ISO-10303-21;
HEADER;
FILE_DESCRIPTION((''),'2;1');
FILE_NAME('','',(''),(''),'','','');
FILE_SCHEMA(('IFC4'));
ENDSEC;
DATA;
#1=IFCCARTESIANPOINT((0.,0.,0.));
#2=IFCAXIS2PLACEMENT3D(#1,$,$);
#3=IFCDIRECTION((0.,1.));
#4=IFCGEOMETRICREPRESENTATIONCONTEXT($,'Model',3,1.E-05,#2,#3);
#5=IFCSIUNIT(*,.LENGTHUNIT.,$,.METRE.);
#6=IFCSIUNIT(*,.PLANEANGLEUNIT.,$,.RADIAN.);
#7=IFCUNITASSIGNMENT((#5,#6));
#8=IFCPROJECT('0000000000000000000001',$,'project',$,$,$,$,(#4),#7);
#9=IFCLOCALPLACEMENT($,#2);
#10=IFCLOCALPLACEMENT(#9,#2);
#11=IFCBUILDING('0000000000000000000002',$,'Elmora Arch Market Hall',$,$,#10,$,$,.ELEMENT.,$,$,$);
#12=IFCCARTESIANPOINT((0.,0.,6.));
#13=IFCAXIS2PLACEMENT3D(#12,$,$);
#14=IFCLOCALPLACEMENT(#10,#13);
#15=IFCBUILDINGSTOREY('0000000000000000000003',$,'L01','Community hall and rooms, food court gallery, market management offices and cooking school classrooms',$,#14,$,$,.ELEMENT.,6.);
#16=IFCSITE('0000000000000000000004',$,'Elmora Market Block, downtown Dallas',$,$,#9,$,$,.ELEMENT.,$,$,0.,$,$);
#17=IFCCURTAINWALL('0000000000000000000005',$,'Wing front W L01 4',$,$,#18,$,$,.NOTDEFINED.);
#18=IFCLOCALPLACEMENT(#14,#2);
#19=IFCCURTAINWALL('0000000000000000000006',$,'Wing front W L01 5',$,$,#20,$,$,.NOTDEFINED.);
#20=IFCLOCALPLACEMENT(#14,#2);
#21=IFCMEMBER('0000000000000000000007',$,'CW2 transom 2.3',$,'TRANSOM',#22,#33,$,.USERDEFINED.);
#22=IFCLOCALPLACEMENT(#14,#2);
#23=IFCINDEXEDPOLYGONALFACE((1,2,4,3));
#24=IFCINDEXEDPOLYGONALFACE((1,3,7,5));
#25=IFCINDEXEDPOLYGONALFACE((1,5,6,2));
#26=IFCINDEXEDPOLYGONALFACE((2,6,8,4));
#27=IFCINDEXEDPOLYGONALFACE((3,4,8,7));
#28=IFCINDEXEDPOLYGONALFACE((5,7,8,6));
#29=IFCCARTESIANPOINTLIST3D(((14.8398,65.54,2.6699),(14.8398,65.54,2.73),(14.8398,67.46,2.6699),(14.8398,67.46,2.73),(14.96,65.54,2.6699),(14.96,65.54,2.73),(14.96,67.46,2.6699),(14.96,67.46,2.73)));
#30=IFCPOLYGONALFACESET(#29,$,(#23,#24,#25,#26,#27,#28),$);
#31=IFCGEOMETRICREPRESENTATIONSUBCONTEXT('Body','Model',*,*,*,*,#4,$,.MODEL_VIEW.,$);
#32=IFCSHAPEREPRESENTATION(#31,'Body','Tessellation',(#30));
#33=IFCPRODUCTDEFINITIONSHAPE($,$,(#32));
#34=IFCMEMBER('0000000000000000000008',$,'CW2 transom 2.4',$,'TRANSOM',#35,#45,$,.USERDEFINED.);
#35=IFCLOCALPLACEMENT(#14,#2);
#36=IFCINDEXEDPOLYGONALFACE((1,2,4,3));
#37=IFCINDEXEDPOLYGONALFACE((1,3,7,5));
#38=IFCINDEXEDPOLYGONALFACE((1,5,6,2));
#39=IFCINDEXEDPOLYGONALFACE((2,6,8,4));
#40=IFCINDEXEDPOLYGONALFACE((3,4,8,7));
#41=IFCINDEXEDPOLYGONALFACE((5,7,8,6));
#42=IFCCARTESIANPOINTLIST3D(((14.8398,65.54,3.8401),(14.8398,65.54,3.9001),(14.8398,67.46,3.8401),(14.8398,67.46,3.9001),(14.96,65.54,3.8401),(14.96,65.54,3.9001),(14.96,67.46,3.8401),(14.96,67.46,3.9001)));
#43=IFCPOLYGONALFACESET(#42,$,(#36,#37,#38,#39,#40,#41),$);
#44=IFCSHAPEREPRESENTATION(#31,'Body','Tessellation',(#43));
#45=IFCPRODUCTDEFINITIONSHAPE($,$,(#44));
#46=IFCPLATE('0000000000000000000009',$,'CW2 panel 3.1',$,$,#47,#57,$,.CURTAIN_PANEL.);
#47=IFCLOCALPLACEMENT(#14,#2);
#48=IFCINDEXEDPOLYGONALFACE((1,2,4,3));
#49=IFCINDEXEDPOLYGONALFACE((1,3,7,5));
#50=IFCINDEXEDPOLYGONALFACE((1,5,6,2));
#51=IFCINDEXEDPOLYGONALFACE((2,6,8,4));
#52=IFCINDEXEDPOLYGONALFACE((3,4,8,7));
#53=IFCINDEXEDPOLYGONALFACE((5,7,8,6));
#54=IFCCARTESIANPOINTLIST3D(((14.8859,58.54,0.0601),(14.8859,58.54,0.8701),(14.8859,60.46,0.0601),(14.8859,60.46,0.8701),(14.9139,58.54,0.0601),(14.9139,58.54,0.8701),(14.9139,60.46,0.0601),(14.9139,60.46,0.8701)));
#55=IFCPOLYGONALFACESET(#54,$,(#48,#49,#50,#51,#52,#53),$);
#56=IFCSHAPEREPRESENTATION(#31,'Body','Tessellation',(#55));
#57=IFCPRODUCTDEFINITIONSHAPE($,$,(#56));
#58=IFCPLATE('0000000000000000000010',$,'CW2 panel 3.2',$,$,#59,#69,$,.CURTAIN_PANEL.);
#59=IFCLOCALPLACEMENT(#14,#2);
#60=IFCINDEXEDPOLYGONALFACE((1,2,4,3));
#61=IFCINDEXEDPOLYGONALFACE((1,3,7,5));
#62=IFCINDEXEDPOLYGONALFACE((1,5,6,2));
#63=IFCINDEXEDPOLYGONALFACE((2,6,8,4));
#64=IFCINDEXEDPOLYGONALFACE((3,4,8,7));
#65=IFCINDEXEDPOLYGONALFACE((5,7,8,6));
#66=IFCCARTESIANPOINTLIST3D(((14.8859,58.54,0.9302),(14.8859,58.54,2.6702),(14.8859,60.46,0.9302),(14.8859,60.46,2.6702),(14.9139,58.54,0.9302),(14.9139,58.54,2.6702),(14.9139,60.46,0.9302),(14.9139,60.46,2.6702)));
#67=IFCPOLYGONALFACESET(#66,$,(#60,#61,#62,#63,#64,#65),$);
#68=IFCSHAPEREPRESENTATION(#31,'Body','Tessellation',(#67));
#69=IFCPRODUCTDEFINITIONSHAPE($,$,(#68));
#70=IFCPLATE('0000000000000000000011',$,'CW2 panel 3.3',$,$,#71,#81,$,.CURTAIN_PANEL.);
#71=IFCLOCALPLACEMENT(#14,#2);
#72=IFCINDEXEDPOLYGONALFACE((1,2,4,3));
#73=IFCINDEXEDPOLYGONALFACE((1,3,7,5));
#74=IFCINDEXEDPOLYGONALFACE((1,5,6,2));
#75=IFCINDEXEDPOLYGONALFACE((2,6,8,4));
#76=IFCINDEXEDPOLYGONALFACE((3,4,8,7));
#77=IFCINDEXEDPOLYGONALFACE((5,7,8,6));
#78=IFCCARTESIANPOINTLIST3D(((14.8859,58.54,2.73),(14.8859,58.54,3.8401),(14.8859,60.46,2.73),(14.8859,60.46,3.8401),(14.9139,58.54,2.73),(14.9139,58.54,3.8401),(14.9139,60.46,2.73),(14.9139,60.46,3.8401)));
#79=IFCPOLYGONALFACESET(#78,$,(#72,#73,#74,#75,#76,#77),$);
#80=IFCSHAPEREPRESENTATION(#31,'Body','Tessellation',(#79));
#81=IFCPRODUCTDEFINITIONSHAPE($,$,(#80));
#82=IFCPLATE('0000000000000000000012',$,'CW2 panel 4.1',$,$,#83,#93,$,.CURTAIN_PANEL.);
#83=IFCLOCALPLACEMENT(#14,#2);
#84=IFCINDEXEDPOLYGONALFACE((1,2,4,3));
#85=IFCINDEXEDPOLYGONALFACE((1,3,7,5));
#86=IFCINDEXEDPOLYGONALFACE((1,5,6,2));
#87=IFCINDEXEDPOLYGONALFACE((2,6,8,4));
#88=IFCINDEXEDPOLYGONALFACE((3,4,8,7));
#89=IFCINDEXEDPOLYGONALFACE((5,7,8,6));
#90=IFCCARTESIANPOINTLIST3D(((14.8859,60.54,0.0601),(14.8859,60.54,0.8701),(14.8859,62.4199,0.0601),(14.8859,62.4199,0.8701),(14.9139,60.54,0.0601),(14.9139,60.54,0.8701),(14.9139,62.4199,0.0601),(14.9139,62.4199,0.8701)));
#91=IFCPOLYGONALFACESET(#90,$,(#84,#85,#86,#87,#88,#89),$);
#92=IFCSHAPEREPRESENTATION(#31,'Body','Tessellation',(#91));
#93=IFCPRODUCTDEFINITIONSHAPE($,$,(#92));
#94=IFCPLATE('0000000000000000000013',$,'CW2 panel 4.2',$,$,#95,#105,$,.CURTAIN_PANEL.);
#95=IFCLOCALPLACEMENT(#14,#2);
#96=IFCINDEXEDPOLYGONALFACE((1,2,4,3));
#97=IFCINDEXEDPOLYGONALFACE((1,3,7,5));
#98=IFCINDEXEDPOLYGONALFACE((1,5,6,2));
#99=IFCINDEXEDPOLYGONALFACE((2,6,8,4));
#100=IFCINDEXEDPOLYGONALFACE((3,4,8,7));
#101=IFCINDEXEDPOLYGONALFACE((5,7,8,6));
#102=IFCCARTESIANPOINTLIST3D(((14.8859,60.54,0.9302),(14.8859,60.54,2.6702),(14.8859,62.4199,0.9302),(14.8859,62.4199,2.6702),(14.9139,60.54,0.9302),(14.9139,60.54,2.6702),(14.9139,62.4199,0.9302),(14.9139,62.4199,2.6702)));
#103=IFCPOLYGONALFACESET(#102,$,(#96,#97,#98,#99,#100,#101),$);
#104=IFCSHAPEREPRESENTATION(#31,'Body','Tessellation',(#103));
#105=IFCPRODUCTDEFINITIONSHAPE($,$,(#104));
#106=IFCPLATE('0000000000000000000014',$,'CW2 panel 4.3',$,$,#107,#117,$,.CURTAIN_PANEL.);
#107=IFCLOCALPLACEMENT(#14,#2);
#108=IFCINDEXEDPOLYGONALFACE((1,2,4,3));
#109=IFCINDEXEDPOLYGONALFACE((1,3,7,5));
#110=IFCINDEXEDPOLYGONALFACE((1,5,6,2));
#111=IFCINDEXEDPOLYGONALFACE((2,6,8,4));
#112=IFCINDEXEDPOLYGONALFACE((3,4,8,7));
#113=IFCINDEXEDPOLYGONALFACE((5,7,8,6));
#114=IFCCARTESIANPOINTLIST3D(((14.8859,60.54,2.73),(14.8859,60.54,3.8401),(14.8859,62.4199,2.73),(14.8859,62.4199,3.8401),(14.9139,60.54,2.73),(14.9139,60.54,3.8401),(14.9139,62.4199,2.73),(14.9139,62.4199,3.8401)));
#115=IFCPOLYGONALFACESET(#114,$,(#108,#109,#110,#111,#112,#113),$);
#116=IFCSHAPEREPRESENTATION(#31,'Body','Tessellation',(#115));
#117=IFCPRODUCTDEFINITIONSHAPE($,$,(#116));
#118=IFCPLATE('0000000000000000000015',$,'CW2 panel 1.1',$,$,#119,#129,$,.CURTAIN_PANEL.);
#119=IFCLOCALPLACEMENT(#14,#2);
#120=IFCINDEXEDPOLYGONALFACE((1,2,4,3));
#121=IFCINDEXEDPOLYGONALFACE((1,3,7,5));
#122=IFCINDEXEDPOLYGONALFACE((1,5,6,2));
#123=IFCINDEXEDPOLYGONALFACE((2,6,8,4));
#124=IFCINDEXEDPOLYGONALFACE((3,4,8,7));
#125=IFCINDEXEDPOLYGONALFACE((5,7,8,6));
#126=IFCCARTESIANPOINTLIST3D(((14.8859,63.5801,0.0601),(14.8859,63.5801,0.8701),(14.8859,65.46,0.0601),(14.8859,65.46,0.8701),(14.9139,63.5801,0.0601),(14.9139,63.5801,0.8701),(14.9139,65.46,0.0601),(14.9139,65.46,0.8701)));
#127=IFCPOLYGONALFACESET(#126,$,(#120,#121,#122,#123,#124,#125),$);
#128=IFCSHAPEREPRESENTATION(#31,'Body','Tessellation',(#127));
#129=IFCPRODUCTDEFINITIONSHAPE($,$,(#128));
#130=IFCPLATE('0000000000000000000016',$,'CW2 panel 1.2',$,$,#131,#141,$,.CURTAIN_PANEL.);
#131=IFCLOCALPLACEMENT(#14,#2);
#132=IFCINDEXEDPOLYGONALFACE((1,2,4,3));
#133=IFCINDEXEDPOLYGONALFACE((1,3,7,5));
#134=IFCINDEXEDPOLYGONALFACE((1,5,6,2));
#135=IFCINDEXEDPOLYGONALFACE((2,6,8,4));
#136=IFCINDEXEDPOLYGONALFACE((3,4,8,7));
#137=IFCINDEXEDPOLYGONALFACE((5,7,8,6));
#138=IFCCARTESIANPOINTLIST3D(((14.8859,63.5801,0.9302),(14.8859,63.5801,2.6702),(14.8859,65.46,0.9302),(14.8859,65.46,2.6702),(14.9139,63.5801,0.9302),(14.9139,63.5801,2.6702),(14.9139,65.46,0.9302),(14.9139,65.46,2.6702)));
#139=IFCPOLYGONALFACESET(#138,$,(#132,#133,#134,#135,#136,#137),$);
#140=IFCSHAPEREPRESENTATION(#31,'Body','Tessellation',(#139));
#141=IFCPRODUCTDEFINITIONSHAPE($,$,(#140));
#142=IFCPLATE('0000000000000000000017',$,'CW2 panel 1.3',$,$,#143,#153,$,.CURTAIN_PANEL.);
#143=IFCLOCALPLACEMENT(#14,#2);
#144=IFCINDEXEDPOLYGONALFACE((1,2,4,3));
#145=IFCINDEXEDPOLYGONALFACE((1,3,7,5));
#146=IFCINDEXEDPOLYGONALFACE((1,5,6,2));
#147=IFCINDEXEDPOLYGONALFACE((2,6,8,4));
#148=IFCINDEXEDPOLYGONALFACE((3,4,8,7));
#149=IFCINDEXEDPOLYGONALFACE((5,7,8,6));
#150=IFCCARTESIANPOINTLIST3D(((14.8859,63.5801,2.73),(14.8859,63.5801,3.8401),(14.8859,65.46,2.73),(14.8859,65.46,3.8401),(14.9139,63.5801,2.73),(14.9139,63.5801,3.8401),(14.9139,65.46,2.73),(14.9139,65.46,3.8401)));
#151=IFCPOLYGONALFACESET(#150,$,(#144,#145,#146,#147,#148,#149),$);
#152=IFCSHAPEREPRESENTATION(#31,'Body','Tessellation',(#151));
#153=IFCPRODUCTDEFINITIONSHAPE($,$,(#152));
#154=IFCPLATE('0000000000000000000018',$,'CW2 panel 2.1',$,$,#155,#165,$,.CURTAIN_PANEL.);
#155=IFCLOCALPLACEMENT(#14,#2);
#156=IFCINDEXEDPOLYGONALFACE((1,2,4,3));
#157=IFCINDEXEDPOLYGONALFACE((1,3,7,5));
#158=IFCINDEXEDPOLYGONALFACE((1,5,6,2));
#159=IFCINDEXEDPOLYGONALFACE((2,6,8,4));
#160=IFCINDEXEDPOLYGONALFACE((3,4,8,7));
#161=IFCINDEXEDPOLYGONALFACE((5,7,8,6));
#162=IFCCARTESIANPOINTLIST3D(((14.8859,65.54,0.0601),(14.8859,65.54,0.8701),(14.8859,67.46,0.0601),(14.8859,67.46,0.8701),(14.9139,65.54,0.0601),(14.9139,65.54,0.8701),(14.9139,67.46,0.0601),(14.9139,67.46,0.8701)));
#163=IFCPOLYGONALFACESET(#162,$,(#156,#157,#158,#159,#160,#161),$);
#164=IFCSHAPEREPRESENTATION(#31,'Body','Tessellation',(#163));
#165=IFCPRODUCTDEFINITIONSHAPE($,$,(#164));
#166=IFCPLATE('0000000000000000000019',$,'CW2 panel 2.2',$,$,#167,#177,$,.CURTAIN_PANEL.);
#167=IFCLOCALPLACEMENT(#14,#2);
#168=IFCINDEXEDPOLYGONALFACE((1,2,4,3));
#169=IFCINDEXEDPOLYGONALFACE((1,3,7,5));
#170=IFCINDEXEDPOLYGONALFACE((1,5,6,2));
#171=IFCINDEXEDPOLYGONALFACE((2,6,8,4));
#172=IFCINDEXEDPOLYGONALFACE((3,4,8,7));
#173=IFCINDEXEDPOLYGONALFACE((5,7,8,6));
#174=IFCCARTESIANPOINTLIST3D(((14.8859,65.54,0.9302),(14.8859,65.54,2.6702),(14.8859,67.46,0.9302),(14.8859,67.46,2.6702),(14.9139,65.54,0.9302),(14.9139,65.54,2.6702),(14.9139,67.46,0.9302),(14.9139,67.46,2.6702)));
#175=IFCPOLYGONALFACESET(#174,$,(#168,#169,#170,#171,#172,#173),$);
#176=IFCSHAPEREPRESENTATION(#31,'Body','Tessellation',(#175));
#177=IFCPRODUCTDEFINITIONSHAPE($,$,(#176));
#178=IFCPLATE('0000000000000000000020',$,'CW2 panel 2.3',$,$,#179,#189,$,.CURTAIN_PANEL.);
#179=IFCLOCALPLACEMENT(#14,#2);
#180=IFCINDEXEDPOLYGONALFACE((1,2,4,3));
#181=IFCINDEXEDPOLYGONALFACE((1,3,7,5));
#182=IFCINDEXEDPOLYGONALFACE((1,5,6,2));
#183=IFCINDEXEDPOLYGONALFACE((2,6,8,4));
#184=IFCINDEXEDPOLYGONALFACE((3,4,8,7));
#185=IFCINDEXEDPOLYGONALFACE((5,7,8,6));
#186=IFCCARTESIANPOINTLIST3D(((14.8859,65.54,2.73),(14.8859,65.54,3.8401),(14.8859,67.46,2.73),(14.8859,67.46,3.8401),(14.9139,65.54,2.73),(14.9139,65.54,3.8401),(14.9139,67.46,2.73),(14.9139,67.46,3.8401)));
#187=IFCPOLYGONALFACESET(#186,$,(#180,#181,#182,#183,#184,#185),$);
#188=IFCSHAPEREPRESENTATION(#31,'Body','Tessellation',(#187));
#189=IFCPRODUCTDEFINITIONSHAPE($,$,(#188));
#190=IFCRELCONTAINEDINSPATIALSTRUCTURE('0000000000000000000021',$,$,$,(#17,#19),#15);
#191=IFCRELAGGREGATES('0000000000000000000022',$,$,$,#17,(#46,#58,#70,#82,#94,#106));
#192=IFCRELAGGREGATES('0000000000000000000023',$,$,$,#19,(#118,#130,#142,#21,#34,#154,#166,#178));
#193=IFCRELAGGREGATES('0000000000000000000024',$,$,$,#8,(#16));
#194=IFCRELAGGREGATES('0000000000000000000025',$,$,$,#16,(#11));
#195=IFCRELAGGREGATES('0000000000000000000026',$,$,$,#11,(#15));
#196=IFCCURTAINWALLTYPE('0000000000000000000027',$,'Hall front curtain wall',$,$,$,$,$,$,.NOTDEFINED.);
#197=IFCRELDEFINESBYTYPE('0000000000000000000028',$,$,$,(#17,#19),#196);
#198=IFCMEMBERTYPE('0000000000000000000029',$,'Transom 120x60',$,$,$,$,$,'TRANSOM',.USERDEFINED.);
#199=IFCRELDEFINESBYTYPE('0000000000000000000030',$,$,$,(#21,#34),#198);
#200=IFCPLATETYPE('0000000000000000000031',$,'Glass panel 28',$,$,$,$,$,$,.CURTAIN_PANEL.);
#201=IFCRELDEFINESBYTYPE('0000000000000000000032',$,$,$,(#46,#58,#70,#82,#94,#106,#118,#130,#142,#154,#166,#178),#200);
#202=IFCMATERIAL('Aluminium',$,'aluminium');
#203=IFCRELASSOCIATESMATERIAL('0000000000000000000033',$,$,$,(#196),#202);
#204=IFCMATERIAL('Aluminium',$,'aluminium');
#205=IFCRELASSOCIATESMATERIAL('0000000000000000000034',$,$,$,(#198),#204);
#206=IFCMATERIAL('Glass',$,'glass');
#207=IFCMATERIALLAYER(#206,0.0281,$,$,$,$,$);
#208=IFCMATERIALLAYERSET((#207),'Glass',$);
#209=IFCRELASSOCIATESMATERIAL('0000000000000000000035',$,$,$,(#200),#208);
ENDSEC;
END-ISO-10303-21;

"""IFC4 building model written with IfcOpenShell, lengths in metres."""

from ifc_helpers import new_model, si_unit, direction, frame, origin, origin_2d, place, context, subcontext, project, spatial, rectangle, extrude, material, layer, layer_set, material_profile, profile_set, type_object, element, aggregate, save


model = new_model("IFC4")

# Units and contexts
model_context = context("Model", 3, precision=1e-05, world=origin(), true_north=direction((0.0, 1.0)))
body_context = subcontext(model_context, "Body", "Model", "MODEL_VIEW")
ifc_project = project(units=[si_unit("LENGTHUNIT", "METRE"), si_unit("PLANEANGLEUNIT", "RADIAN")], contexts=[model_context])

# Site, building, storey
site_placement = place(None, origin())
site = spatial("IfcSite", under=ifc_project, at=site_placement, Name="Elmora Market Block, downtown Dallas", CompositionType="ELEMENT", RefElevation=0.0)
building_placement = place(site_placement, origin())
building = spatial("IfcBuilding", under=site, at=building_placement, Name="Elmora Arch Market Hall", CompositionType="ELEMENT")
storey_placement = place(building_placement, frame((0.0, 0.0, 6.0)))
storey = spatial("IfcBuildingStorey", under=building, at=storey_placement, Name="L01", Description="Community hall and rooms, food court gallery, market management offices and cooking school classrooms", CompositionType="ELEMENT", Elevation=6.0)

# Curtain walls
ifc_material_1 = material(Name="Aluminium", Category="aluminium")
curtain_wall_type = type_object("IfcCurtainWallType", Name="Hall front curtain wall", PredefinedType="NOTDEFINED", material=ifc_material_1)
curtain_wall_1_placement = place(storey_placement, origin())
curtain_wall_1 = element("IfcCurtainWall", 1, at=curtain_wall_1_placement, inside=storey, type_object=curtain_wall_type, Name="Wing front W L01 4", PredefinedType="NOTDEFINED")
curtain_wall_2_placement = place(storey_placement, origin())
curtain_wall_2 = element("IfcCurtainWall", 2, at=curtain_wall_2_placement, inside=storey, type_object=curtain_wall_type, Name="Wing front W L01 5", PredefinedType="NOTDEFINED")

# Members
ifc_material_2 = material(Name="Aluminium", Category="aluminium")
ifc_material_profile_1 = material_profile(ifc_material_2, rectangle(XDim=0.1201, YDim=0.0601, at=origin_2d()), Name="AL 120x60")
ifc_profile_set_1 = profile_set([ifc_material_profile_1], Name="Aluminium")
member_type_1 = type_object("IfcMemberType", Name="Transom 120x60", ElementType="TRANSOM", PredefinedType="USERDEFINED", material=ifc_profile_set_1)
member_1_placement = place(storey_placement, frame((14.8999, 65.54, 2.7), z_axis=(0.0, 1.0, 0.0), x_axis=(-1.0, 0.0, 0.0)))
member_1 = element("IfcMember", 3, at=member_1_placement, type_object=member_type_1, Name="CW2 transom 2.3", ObjectType="TRANSOM", PredefinedType="USERDEFINED", context=body_context, shape_type="SweptSolid", body=[
    extrude(rectangle(XDim=0.1201, YDim=0.0601, at=origin_2d()), origin(), (0.0, 0.0, 1.0), 1.9199),
])
member_2_placement = place(storey_placement, frame((14.8999, 65.54, 3.8701), z_axis=(0.0, 1.0, 0.0), x_axis=(-1.0, 0.0, 0.0)))
member_2 = element("IfcMember", 4, at=member_2_placement, type_object=member_type_1, Name="CW2 transom 2.4", ObjectType="TRANSOM", PredefinedType="USERDEFINED", context=body_context, shape_type="SweptSolid", body=[
    extrude(rectangle(XDim=0.1201, YDim=0.0601, at=origin_2d()), origin(), (0.0, 0.0, 1.0), 1.9199),
])

# Plates
ifc_material_3 = material(Name="Glass", Category="glass")
ifc_layer = layer(ifc_material_3, 0.0281)
ifc_layer_set = layer_set([ifc_layer], Name="Glass")
plate_type = type_object("IfcPlateType", Name="Glass panel 28", PredefinedType="CURTAIN_PANEL", material=ifc_layer_set)
plate_1_placement = place(storey_placement, frame((14.8999, 59.5, 0.0601), z_axis=(0.0, 0.0, 1.0), x_axis=(0.0, 1.0, 0.0)))
plate_1 = element("IfcPlate", 5, at=plate_1_placement, type_object=plate_type, Name="CW2 panel 3.1", PredefinedType="CURTAIN_PANEL", context=body_context, shape_type="SweptSolid", body=[
    extrude(rectangle(XDim=1.9199, YDim=0.0281, at=origin_2d()), origin(), (0.0, 0.0, 1.0), 0.8101),
])
plate_2_placement = place(storey_placement, frame((14.8999, 59.5, 0.9302), z_axis=(0.0, 0.0, 1.0), x_axis=(0.0, 1.0, 0.0)))
plate_2 = element("IfcPlate", 6, at=plate_2_placement, type_object=plate_type, Name="CW2 panel 3.2", PredefinedType="CURTAIN_PANEL", context=body_context, shape_type="SweptSolid", body=[
    extrude(rectangle(XDim=1.9199, YDim=0.0281, at=origin_2d()), origin(), (0.0, 0.0, 1.0), 1.74),
])
plate_3_placement = place(storey_placement, frame((14.8999, 59.5, 2.73), z_axis=(0.0, 0.0, 1.0), x_axis=(0.0, 1.0, 0.0)))
plate_3 = element("IfcPlate", 7, at=plate_3_placement, type_object=plate_type, Name="CW2 panel 3.3", PredefinedType="CURTAIN_PANEL", context=body_context, shape_type="SweptSolid", body=[
    extrude(rectangle(XDim=1.9199, YDim=0.0281, at=origin_2d()), origin(), (0.0, 0.0, 1.0), 1.1101),
])
plate_4_placement = place(storey_placement, frame((14.8999, 61.48, 0.0601), z_axis=(0.0, 0.0, 1.0), x_axis=(0.0, 1.0, 0.0)))
plate_4 = element("IfcPlate", 8, at=plate_4_placement, type_object=plate_type, Name="CW2 panel 4.1", PredefinedType="CURTAIN_PANEL", context=body_context, shape_type="SweptSolid", body=[
    extrude(rectangle(XDim=1.8799, YDim=0.0281, at=origin_2d()), origin(), (0.0, 0.0, 1.0), 0.8101),
])
plate_5_placement = place(storey_placement, frame((14.8999, 61.48, 0.9302), z_axis=(0.0, 0.0, 1.0), x_axis=(0.0, 1.0, 0.0)))
plate_5 = element("IfcPlate", 9, at=plate_5_placement, type_object=plate_type, Name="CW2 panel 4.2", PredefinedType="CURTAIN_PANEL", context=body_context, shape_type="SweptSolid", body=[
    extrude(rectangle(XDim=1.8799, YDim=0.0281, at=origin_2d()), origin(), (0.0, 0.0, 1.0), 1.74),
])
plate_6_placement = place(storey_placement, frame((14.8999, 61.48, 2.73), z_axis=(0.0, 0.0, 1.0), x_axis=(0.0, 1.0, 0.0)))
plate_6 = element("IfcPlate", 10, at=plate_6_placement, type_object=plate_type, Name="CW2 panel 4.3", PredefinedType="CURTAIN_PANEL", context=body_context, shape_type="SweptSolid", body=[
    extrude(rectangle(XDim=1.8799, YDim=0.0281, at=origin_2d()), origin(), (0.0, 0.0, 1.0), 1.1101),
])
aggregate(curtain_wall_1, [plate_1, plate_2, plate_3, plate_4, plate_5, plate_6])
plate_7_placement = place(storey_placement, frame((14.8999, 64.52, 0.0601), z_axis=(0.0, 0.0, 1.0), x_axis=(0.0, 1.0, 0.0)))
plate_7 = element("IfcPlate", 11, at=plate_7_placement, type_object=plate_type, Name="CW2 panel 1.1", PredefinedType="CURTAIN_PANEL", context=body_context, shape_type="SweptSolid", body=[
    extrude(rectangle(XDim=1.8799, YDim=0.0281, at=origin_2d()), origin(), (0.0, 0.0, 1.0), 0.8101),
])
plate_8_placement = place(storey_placement, frame((14.8999, 64.52, 0.9302), z_axis=(0.0, 0.0, 1.0), x_axis=(0.0, 1.0, 0.0)))
plate_8 = element("IfcPlate", 12, at=plate_8_placement, type_object=plate_type, Name="CW2 panel 1.2", PredefinedType="CURTAIN_PANEL", context=body_context, shape_type="SweptSolid", body=[
    extrude(rectangle(XDim=1.8799, YDim=0.0281, at=origin_2d()), origin(), (0.0, 0.0, 1.0), 1.74),
])
plate_9_placement = place(storey_placement, frame((14.8999, 64.52, 2.73), z_axis=(0.0, 0.0, 1.0), x_axis=(0.0, 1.0, 0.0)))
plate_9 = element("IfcPlate", 13, at=plate_9_placement, type_object=plate_type, Name="CW2 panel 1.3", PredefinedType="CURTAIN_PANEL", context=body_context, shape_type="SweptSolid", body=[
    extrude(rectangle(XDim=1.8799, YDim=0.0281, at=origin_2d()), origin(), (0.0, 0.0, 1.0), 1.1101),
])
plate_10_placement = place(storey_placement, frame((14.8999, 66.5, 0.0601), z_axis=(0.0, 0.0, 1.0), x_axis=(0.0, 1.0, 0.0)))
plate_10 = element("IfcPlate", 14, at=plate_10_placement, type_object=plate_type, Name="CW2 panel 2.1", PredefinedType="CURTAIN_PANEL", context=body_context, shape_type="SweptSolid", body=[
    extrude(rectangle(XDim=1.9199, YDim=0.0281, at=origin_2d()), origin(), (0.0, 0.0, 1.0), 0.8101),
])
plate_11_placement = place(storey_placement, frame((14.8999, 66.5, 0.9302), z_axis=(0.0, 0.0, 1.0), x_axis=(0.0, 1.0, 0.0)))
plate_11 = element("IfcPlate", 15, at=plate_11_placement, type_object=plate_type, Name="CW2 panel 2.2", PredefinedType="CURTAIN_PANEL", context=body_context, shape_type="SweptSolid", body=[
    extrude(rectangle(XDim=1.9199, YDim=0.0281, at=origin_2d()), origin(), (0.0, 0.0, 1.0), 1.74),
])
plate_12_placement = place(storey_placement, frame((14.8999, 66.5, 2.73), z_axis=(0.0, 0.0, 1.0), x_axis=(0.0, 1.0, 0.0)))
plate_12 = element("IfcPlate", 16, at=plate_12_placement, type_object=plate_type, Name="CW2 panel 2.3", PredefinedType="CURTAIN_PANEL", context=body_context, shape_type="SweptSolid", body=[
    extrude(rectangle(XDim=1.9199, YDim=0.0281, at=origin_2d()), origin(), (0.0, 0.0, 1.0), 1.1101),
])
aggregate(curtain_wall_2, [plate_7, plate_8, plate_9, member_1, member_2, plate_10, plate_11, plate_12])

save(model, "model.ifc")
